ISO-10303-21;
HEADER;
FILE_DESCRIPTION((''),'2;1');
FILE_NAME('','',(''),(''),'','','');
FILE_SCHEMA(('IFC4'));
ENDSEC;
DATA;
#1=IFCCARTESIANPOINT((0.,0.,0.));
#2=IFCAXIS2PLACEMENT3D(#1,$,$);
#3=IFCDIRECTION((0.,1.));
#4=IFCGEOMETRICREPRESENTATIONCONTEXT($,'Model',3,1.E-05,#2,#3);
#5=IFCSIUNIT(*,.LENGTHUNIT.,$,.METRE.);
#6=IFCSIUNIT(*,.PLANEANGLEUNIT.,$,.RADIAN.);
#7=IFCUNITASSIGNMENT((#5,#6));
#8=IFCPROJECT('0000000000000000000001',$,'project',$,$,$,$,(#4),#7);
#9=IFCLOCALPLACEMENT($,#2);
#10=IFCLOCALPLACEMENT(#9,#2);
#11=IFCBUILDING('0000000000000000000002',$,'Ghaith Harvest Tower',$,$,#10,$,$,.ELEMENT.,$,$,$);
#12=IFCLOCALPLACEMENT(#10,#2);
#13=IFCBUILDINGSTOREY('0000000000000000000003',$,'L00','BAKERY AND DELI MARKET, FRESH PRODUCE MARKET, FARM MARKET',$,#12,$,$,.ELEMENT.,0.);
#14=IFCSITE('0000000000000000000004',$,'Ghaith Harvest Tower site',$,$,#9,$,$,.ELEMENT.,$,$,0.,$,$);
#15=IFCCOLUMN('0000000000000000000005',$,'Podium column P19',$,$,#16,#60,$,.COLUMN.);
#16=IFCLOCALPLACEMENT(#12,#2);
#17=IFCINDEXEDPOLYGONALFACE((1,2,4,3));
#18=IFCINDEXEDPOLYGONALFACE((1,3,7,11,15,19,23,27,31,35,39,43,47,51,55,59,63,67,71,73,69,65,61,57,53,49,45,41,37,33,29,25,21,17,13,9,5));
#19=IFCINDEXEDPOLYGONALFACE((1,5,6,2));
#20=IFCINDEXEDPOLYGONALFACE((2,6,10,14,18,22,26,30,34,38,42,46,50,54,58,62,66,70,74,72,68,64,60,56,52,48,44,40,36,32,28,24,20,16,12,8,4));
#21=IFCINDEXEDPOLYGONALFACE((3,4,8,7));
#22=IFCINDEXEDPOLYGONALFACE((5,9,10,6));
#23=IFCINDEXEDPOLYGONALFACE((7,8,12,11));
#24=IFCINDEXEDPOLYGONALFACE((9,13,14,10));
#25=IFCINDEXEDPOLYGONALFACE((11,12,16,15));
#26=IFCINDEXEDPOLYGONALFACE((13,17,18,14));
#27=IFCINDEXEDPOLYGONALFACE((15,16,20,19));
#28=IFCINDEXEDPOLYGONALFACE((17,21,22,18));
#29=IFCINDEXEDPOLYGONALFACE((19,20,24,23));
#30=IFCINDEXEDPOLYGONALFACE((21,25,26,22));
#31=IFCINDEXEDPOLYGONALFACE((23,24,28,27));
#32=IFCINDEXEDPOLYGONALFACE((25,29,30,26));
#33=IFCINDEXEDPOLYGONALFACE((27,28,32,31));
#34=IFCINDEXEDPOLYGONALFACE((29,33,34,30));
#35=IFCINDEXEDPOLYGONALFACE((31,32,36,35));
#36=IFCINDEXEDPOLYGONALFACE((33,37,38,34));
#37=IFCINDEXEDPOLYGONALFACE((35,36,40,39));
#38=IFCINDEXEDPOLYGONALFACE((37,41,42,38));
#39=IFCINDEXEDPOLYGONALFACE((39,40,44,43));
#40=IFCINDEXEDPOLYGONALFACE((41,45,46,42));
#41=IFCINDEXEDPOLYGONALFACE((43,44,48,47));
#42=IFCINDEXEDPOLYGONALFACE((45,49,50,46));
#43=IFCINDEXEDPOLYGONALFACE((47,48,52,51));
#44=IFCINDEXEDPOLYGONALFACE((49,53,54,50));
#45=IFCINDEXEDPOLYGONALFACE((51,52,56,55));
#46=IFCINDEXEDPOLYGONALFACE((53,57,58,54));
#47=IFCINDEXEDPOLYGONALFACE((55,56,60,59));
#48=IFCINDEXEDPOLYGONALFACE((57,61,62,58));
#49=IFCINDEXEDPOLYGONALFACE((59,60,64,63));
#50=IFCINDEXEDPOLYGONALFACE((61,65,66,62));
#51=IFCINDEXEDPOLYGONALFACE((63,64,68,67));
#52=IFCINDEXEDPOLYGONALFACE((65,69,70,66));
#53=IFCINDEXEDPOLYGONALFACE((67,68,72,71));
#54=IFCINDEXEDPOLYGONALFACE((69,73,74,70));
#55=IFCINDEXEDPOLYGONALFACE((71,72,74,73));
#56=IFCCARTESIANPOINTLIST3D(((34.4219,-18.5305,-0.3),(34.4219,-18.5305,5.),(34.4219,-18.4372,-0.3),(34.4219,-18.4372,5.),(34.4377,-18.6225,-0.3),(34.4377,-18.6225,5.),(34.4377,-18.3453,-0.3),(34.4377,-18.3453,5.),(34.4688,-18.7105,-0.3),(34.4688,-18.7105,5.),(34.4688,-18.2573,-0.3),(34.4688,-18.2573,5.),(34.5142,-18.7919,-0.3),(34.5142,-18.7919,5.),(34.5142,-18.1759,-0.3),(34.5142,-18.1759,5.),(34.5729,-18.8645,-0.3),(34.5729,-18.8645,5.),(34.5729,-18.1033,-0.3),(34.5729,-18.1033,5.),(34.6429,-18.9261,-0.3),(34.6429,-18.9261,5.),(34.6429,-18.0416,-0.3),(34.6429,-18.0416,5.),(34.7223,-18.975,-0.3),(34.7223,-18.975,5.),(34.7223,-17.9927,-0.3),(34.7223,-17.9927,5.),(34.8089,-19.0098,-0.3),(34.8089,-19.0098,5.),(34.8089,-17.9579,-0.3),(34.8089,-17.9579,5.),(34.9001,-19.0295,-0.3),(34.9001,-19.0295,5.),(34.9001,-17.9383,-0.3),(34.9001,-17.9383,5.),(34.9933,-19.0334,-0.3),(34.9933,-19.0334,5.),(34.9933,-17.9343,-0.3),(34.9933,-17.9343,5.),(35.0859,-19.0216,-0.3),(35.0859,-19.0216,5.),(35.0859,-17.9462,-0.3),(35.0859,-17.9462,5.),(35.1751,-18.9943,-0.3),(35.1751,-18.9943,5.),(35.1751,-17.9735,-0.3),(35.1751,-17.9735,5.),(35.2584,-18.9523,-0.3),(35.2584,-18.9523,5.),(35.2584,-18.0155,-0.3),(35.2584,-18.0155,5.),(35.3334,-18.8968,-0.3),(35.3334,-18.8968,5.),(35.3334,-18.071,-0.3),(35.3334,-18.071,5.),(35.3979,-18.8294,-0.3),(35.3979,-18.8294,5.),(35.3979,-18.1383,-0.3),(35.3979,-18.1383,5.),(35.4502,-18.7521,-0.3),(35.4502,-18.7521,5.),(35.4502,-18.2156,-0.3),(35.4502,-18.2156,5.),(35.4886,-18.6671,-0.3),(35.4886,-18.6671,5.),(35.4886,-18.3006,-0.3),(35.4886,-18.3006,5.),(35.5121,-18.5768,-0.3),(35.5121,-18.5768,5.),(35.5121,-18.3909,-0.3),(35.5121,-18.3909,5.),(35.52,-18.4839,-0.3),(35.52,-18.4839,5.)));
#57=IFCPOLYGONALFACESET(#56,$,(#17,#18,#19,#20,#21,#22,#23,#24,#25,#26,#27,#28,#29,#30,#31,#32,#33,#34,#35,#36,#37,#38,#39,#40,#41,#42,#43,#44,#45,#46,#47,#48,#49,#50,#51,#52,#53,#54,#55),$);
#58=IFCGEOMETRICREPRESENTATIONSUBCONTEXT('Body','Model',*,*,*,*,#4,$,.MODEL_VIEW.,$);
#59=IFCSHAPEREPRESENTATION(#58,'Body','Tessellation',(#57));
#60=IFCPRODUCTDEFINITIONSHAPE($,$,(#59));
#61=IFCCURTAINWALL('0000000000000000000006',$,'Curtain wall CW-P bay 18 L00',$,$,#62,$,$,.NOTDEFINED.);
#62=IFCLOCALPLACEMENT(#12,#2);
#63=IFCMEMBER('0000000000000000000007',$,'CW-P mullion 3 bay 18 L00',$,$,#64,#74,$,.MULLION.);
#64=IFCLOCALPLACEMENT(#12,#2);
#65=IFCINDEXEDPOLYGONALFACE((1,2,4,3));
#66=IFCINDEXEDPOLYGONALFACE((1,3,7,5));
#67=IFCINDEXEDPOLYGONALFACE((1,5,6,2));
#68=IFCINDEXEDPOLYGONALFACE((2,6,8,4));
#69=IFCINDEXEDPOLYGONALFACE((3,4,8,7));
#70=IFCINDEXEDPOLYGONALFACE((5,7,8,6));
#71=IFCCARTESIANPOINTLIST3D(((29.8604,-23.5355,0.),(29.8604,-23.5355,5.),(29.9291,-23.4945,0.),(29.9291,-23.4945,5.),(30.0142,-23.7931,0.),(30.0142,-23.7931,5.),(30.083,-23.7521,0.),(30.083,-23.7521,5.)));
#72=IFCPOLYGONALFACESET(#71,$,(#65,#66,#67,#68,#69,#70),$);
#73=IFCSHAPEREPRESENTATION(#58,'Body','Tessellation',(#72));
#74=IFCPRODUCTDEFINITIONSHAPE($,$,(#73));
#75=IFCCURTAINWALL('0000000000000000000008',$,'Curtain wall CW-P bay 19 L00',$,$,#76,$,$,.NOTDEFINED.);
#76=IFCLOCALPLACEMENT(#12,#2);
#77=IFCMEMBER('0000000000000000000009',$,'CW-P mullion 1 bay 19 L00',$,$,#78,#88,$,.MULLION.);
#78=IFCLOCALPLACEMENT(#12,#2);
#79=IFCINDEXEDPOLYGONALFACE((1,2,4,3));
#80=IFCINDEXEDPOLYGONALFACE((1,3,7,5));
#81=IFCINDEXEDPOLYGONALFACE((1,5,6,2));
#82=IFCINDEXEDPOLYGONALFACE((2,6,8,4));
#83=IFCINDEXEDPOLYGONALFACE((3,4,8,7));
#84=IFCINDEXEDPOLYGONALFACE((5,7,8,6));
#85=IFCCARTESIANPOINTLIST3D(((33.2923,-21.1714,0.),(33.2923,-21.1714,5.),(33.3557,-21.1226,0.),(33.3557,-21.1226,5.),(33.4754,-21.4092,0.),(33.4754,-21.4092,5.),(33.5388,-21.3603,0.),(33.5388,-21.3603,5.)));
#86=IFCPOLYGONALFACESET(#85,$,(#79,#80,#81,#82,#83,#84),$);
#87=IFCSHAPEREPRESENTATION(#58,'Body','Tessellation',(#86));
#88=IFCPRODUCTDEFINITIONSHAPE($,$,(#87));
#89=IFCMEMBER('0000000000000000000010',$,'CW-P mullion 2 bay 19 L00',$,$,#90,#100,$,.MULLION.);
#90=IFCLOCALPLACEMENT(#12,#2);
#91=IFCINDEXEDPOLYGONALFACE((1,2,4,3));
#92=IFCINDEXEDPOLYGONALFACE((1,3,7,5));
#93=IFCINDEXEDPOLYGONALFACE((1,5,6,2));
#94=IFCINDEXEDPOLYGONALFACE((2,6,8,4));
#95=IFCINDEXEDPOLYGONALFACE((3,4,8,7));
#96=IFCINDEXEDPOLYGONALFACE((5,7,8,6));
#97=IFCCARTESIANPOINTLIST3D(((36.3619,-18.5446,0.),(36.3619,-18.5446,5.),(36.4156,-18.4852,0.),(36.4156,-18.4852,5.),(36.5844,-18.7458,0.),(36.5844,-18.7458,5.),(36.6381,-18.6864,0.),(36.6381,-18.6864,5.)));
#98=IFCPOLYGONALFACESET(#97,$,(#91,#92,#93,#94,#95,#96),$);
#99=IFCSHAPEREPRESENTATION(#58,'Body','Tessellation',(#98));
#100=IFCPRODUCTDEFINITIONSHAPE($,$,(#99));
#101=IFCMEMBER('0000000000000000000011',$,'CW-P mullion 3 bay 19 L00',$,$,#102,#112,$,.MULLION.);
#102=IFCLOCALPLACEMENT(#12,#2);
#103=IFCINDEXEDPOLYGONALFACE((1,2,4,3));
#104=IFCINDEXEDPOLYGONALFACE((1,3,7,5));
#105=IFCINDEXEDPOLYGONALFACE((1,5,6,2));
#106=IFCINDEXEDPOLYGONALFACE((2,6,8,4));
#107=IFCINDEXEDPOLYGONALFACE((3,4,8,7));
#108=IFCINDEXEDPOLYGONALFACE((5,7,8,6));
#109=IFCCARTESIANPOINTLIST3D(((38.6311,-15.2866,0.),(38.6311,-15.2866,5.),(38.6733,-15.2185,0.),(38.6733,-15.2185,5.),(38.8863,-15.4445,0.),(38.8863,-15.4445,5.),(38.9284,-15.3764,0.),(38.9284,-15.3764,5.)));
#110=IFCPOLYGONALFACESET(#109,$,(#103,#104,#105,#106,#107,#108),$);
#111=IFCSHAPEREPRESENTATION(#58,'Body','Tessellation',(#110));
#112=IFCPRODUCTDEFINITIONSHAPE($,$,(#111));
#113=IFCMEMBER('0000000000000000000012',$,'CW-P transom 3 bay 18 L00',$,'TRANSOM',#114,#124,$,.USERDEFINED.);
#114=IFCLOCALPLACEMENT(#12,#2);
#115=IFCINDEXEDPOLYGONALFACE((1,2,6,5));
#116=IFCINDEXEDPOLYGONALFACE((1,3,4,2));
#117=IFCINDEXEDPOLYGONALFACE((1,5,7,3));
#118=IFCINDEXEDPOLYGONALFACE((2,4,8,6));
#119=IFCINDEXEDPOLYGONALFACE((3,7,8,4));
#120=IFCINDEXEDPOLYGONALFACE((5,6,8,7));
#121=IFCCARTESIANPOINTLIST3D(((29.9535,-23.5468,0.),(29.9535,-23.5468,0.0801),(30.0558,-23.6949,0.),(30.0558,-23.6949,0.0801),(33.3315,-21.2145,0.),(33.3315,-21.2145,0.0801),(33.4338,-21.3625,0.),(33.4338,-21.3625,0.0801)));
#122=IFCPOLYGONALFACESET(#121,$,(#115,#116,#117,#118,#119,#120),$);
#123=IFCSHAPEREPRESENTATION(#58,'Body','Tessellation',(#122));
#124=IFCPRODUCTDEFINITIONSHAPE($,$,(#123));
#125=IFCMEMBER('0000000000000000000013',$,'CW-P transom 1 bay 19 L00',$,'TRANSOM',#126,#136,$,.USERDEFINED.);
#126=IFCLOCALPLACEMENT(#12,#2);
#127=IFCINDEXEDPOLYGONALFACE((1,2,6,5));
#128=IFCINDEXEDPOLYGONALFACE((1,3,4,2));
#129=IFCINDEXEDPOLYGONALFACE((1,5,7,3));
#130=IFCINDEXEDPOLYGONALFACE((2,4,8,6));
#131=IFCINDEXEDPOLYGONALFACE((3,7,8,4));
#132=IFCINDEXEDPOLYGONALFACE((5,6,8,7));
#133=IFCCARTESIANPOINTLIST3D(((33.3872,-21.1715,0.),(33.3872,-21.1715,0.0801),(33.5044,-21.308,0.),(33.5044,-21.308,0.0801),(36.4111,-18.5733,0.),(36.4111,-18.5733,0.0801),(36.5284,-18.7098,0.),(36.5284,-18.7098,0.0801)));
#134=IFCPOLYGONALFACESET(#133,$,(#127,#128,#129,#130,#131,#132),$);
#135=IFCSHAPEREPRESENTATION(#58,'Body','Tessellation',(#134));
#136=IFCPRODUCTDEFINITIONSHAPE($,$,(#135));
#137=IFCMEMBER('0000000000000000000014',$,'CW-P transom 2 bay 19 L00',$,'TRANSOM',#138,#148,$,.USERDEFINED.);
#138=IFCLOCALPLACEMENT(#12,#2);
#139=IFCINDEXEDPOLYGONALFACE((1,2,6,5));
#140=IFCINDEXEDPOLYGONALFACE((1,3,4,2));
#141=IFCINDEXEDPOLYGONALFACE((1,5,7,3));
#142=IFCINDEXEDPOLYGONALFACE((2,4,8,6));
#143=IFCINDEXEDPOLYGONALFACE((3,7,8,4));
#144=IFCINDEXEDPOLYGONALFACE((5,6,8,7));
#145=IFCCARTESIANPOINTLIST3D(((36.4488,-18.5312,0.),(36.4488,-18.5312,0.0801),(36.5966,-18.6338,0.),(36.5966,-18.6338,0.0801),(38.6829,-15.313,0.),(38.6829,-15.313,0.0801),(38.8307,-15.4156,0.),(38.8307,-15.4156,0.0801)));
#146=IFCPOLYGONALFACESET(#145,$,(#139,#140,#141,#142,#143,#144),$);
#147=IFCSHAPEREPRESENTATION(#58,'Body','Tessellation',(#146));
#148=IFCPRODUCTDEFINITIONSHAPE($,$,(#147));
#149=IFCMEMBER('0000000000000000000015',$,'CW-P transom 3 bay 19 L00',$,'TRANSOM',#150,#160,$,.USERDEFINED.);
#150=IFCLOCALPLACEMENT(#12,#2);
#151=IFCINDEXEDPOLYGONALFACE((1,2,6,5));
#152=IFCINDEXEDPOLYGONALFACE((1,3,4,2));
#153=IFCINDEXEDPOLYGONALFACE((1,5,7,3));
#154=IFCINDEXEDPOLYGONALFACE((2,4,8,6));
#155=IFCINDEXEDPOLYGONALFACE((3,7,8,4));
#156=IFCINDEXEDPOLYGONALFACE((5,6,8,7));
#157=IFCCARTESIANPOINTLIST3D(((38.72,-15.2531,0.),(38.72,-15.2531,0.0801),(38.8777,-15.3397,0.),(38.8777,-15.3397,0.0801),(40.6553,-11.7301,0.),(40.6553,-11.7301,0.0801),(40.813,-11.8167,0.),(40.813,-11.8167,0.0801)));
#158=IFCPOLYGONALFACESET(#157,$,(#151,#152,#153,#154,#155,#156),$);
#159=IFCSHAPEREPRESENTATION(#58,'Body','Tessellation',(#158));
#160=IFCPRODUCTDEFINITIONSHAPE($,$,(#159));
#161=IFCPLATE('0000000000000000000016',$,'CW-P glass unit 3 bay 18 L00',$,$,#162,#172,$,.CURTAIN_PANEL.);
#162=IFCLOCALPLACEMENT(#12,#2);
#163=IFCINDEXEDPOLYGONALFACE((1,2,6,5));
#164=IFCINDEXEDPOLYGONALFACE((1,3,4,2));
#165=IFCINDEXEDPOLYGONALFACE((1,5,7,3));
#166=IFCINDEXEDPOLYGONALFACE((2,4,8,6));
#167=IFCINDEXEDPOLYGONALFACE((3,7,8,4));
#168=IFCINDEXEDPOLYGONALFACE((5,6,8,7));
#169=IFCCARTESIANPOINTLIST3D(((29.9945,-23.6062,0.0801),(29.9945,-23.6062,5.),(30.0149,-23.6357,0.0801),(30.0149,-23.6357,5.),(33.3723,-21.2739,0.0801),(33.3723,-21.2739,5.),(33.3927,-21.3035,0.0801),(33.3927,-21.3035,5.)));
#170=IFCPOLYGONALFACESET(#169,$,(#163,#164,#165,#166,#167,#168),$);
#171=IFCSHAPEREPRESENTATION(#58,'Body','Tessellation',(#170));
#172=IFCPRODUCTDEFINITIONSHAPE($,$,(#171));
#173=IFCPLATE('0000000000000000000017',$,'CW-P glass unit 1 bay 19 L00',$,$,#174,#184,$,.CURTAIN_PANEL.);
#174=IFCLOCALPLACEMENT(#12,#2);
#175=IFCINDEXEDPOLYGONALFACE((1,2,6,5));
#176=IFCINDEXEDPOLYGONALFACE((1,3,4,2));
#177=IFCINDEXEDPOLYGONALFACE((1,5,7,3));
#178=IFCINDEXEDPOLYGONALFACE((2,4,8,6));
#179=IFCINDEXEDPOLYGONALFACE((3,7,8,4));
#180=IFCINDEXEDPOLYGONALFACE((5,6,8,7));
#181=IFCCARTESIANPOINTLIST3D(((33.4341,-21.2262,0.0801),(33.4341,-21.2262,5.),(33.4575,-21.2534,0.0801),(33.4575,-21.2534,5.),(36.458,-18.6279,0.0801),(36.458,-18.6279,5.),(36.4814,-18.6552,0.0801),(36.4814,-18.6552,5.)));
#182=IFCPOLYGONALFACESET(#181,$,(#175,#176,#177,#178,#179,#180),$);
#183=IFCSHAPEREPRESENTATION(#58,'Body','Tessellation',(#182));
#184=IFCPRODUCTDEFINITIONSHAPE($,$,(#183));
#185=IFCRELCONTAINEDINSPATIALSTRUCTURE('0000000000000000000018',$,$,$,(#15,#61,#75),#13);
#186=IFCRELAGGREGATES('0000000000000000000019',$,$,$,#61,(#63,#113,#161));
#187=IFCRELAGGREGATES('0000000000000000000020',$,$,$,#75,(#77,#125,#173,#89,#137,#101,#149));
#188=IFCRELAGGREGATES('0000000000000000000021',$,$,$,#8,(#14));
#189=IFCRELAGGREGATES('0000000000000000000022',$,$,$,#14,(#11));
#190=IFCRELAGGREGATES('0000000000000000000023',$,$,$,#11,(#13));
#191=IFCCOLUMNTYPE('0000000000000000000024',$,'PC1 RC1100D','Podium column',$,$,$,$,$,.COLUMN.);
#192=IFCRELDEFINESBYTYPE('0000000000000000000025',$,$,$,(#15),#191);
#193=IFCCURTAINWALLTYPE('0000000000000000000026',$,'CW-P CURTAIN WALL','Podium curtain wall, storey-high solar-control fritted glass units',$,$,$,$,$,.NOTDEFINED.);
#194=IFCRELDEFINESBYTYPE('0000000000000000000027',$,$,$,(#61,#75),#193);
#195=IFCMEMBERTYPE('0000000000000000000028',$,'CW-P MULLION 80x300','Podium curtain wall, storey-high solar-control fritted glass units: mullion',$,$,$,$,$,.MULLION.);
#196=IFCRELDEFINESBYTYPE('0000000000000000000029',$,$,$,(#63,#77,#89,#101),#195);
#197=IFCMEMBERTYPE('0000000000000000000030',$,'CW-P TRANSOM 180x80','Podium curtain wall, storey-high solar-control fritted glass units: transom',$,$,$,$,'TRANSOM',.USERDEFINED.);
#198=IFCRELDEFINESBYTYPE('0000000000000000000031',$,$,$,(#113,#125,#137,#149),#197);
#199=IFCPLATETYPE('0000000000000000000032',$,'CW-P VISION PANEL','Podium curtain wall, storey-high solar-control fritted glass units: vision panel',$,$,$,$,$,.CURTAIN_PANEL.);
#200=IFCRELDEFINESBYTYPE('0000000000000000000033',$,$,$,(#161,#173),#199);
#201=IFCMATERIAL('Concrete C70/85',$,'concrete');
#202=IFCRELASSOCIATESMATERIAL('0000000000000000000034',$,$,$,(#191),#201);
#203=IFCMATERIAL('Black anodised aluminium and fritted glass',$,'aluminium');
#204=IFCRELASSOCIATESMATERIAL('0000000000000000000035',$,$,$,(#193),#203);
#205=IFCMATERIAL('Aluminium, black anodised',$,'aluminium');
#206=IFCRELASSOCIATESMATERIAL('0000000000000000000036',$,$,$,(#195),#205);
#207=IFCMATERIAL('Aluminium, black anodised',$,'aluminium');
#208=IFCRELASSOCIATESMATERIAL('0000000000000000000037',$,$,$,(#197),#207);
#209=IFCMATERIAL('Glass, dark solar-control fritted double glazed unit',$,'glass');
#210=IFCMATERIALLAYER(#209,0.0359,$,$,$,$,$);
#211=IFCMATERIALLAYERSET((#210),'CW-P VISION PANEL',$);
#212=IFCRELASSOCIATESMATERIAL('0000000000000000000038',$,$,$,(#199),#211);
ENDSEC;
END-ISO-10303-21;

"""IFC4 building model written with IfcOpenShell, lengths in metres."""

from ifc_helpers import new_model, si_unit, direction, frame, origin, origin_2d, place, context, subcontext, project, spatial, rectangle, circle, extrude, material, layer, layer_set, material_profile, profile_set, type_object, element, aggregate, save


model = new_model("IFC4")

# Units and contexts
model_context = context("Model", 3, precision=1e-05, world=origin(), true_north=direction((0.0, 1.0)))
body_context = subcontext(model_context, "Body", "Model", "MODEL_VIEW")
ifc_project = project(units=[si_unit("LENGTHUNIT", "METRE"), si_unit("PLANEANGLEUNIT", "RADIAN")], contexts=[model_context])

# Site, building, storey
site_placement = place(None, origin())
site = spatial("IfcSite", under=ifc_project, at=site_placement, Name="Ghaith Harvest Tower site", CompositionType="ELEMENT", RefElevation=0.0)
building_placement = place(site_placement, origin())
building = spatial("IfcBuilding", under=site, at=building_placement, Name="Ghaith Harvest Tower", CompositionType="ELEMENT")
storey_placement = place(building_placement, origin())
storey = spatial("IfcBuildingStorey", under=building, at=storey_placement, Name="L00", Description="BAKERY AND DELI MARKET, FRESH PRODUCE MARKET, FARM MARKET", CompositionType="ELEMENT", Elevation=0.0)

# Column
ifc_material_1 = material(Name="Concrete C70/85", Category="concrete")
ifc_material_profile_1 = material_profile(ifc_material_1, circle(Radius=0.55, at=origin_2d()), Name="RC1100D")
ifc_profile_set_1 = profile_set([ifc_material_profile_1], Name="Concrete C70/85")
column_type = type_object("IfcColumnType", Name="PC1 RC1100D", Description="Podium column", PredefinedType="COLUMN", material=ifc_profile_set_1)
column_placement = place(storey_placement, frame((34.97, -18.4839, -0.3), z_axis=(0.0, 0.0, 1.0), x_axis=(1.0, 0.0, 0.0)))
element("IfcColumn", 1, at=column_placement, inside=storey, type_object=column_type, Name="Podium column P19", PredefinedType="COLUMN", context=body_context, shape_type="SweptSolid", body=[
    extrude(circle(Radius=0.55, at=origin_2d()), origin(), (0.0, 0.0, 1.0), 5.3),
])

# Curtain wall, member
ifc_material_2 = material(Name="Black anodised aluminium and fritted glass", Category="aluminium")
curtain_wall_type = type_object("IfcCurtainWallType", Name="CW-P CURTAIN WALL", Description="Podium curtain wall, storey-high solar-control fritted glass units", PredefinedType="NOTDEFINED", material=ifc_material_2)
curtain_wall_1_placement = place(storey_placement, origin())
curtain_wall_1 = element("IfcCurtainWall", 2, at=curtain_wall_1_placement, inside=storey, type_object=curtain_wall_type, Name="Curtain wall CW-P bay 18 L00", PredefinedType="NOTDEFINED")
ifc_material_3 = material(Name="Aluminium, black anodised", Category="aluminium")
ifc_material_profile_2 = material_profile(ifc_material_3, rectangle(XDim=0.0801, YDim=0.3, at=origin_2d()), Name="CW-P MULLION 80x300")
ifc_profile_set_2 = profile_set([ifc_material_profile_2], Name="Aluminium, black anodised")
member_type_1 = type_object("IfcMemberType", Name="CW-P MULLION 80x300", Description="Podium curtain wall, storey-high solar-control fritted glass units: mullion", PredefinedType="MULLION", material=ifc_profile_set_2)
member_1_placement = place(storey_placement, frame((29.9717, -23.6438, 0.0), z_axis=(0.0, 0.0, 1.0), x_axis=(0.858547, 0.512735, 0.0)))
member_1 = element("IfcMember", 3, at=member_1_placement, type_object=member_type_1, Name="CW-P mullion 3 bay 18 L00", PredefinedType="MULLION", context=body_context, shape_type="SweptSolid", body=[
    extrude(rectangle(XDim=0.0801, YDim=0.3, at=origin_2d()), origin(), (0.0, 0.0, 1.0), 5.0),
])

# Curtain wall, members
curtain_wall_2_placement = place(storey_placement, origin())
curtain_wall_2 = element("IfcCurtainWall", 4, at=curtain_wall_2_placement, inside=storey, type_object=curtain_wall_type, Name="Curtain wall CW-P bay 19 L00", PredefinedType="NOTDEFINED")
member_2_placement = place(storey_placement, frame((33.4155, -21.2659, 0.0), z_axis=(0.0, 0.0, 1.0), x_axis=(0.792243, 0.610206, 0.0)))
member_2 = element("IfcMember", 5, at=member_2_placement, type_object=member_type_1, Name="CW-P mullion 1 bay 19 L00", PredefinedType="MULLION", context=body_context, shape_type="SweptSolid", body=[
    extrude(rectangle(XDim=0.0801, YDim=0.3, at=origin_2d()), origin(), (0.0, 0.0, 1.0), 5.0),
])
member_3_placement = place(storey_placement, frame((36.5, -18.6155, 0.0), z_axis=(0.0, 0.0, 1.0), x_axis=(0.670572, 0.741845, 0.0)))
member_3 = element("IfcMember", 6, at=member_3_placement, type_object=member_type_1, Name="CW-P mullion 2 bay 19 L00", PredefinedType="MULLION", context=body_context, shape_type="SweptSolid", body=[
    extrude(rectangle(XDim=0.0801, YDim=0.3, at=origin_2d()), origin(), (0.0, 0.0, 1.0), 5.0),
])
member_4_placement = place(storey_placement, frame((38.7798, -15.3315, 0.0), z_axis=(0.0, 0.0, 1.0), x_axis=(0.526227, 0.850344, 0.0)))
member_4 = element("IfcMember", 7, at=member_4_placement, type_object=member_type_1, Name="CW-P mullion 3 bay 19 L00", PredefinedType="MULLION", context=body_context, shape_type="SweptSolid", body=[
    extrude(rectangle(XDim=0.0801, YDim=0.3, at=origin_2d()), origin(), (0.0, 0.0, 1.0), 5.0),
])

# Members
ifc_material_4 = material(Name="Aluminium, black anodised", Category="aluminium")
ifc_material_profile_3 = material_profile(ifc_material_4, rectangle(XDim=0.1799, YDim=0.0801, at=origin_2d()), Name="CW-P TRANSOM 180x80")
ifc_profile_set_3 = profile_set([ifc_material_profile_3], Name="Aluminium, black anodised")
member_type_2 = type_object("IfcMemberType", Name="CW-P TRANSOM 180x80", Description="Podium curtain wall, storey-high solar-control fritted glass units: transom", ElementType="TRANSOM", PredefinedType="USERDEFINED", material=ifc_profile_set_3)
member_5_placement = place(storey_placement, frame((30.0046, -23.6208, 0.04), z_axis=(0.822909, 0.568173, 0.0), x_axis=(-0.568173, 0.822909, 0.0)))
member_5 = element("IfcMember", 8, at=member_5_placement, type_object=member_type_2, Name="CW-P transom 3 bay 18 L00", ObjectType="TRANSOM", PredefinedType="USERDEFINED", context=body_context, shape_type="SweptSolid", body=[
    extrude(rectangle(XDim=0.1799, YDim=0.0801, at=origin_2d()), origin(), (0.0, 0.0, 1.0), 4.105),
])
member_6_placement = place(storey_placement, frame((33.4458, -21.2397, 0.04), z_axis=(0.758487, 0.651689, 0.0), x_axis=(-0.651689, 0.758487, 0.0)))
member_6 = element("IfcMember", 9, at=member_6_placement, type_object=member_type_2, Name="CW-P transom 1 bay 19 L00", ObjectType="TRANSOM", PredefinedType="USERDEFINED", context=body_context, shape_type="SweptSolid", body=[
    extrude(rectangle(XDim=0.1799, YDim=0.0801, at=origin_2d()), origin(), (0.0, 0.0, 1.0), 3.9868),
])
member_7_placement = place(storey_placement, frame((36.5227, -18.5825, 0.04), z_axis=(0.570263, 0.821462, 0.0), x_axis=(-0.821462, 0.570263, 0.0)))
member_7 = element("IfcMember", 10, at=member_7_placement, type_object=member_type_2, Name="CW-P transom 2 bay 19 L00", ObjectType="TRANSOM", PredefinedType="USERDEFINED", context=body_context, shape_type="SweptSolid", body=[
    extrude(rectangle(XDim=0.1799, YDim=0.0801, at=origin_2d()), origin(), (0.0, 0.0, 1.0), 3.9177),
])
member_8_placement = place(storey_placement, frame((38.7988, -15.2964, 0.04), z_axis=(0.481476, 0.876459, 0.0), x_axis=(-0.876459, 0.481476, 0.0)))
member_8 = element("IfcMember", 11, at=member_8_placement, type_object=member_type_2, Name="CW-P transom 3 bay 19 L00", ObjectType="TRANSOM", PredefinedType="USERDEFINED", context=body_context, shape_type="SweptSolid", body=[
    extrude(rectangle(XDim=0.1799, YDim=0.0801, at=origin_2d()), origin(), (0.0, 0.0, 1.0), 4.0195),
])

# Plates
ifc_material_5 = material(Name="Glass, dark solar-control fritted double glazed unit", Category="glass")
ifc_layer_1 = layer(ifc_material_5, 0.0359)
ifc_layer_set_1 = layer_set([ifc_layer_1], Name="CW-P VISION PANEL")
plate_type_1 = type_object("IfcPlateType", Name="CW-P VISION PANEL", Description="Podium curtain wall, storey-high solar-control fritted glass units: vision panel", PredefinedType="CURTAIN_PANEL", material=ifc_layer_set_1)
plate_1_placement = place(storey_placement, frame((31.6936, -22.4548, 0.0801), z_axis=(0.0, 0.0, 1.0), x_axis=(0.822893, 0.568196, 0.0)))
plate_1 = element("IfcPlate", 12, at=plate_1_placement, type_object=plate_type_1, Name="CW-P glass unit 3 bay 18 L00", PredefinedType="CURTAIN_PANEL", context=body_context, shape_type="SweptSolid", body=[
    extrude(rectangle(XDim=4.1047, YDim=0.0359, at=origin_2d()), origin(), (0.0, 0.0, 1.0), 4.9199),
])
aggregate(curtain_wall_1, [member_1, member_5, plate_1])
plate_2_placement = place(storey_placement, frame((34.9578, -19.9407, 0.0801), z_axis=(0.0, 0.0, 1.0), x_axis=(0.758467, 0.651711, 0.0)))
plate_2 = element("IfcPlate", 13, at=plate_2_placement, type_object=plate_type_1, Name="CW-P glass unit 1 bay 19 L00", PredefinedType="CURTAIN_PANEL", context=body_context, shape_type="SweptSolid", body=[
    extrude(rectangle(XDim=3.9868, YDim=0.0359, at=origin_2d()), origin(), (0.0, 0.0, 1.0), 4.9199),
])
aggregate(curtain_wall_2, [member_2, member_6, plate_2, member_3, member_7, member_4, member_8])

save(model, "model.ifc")
